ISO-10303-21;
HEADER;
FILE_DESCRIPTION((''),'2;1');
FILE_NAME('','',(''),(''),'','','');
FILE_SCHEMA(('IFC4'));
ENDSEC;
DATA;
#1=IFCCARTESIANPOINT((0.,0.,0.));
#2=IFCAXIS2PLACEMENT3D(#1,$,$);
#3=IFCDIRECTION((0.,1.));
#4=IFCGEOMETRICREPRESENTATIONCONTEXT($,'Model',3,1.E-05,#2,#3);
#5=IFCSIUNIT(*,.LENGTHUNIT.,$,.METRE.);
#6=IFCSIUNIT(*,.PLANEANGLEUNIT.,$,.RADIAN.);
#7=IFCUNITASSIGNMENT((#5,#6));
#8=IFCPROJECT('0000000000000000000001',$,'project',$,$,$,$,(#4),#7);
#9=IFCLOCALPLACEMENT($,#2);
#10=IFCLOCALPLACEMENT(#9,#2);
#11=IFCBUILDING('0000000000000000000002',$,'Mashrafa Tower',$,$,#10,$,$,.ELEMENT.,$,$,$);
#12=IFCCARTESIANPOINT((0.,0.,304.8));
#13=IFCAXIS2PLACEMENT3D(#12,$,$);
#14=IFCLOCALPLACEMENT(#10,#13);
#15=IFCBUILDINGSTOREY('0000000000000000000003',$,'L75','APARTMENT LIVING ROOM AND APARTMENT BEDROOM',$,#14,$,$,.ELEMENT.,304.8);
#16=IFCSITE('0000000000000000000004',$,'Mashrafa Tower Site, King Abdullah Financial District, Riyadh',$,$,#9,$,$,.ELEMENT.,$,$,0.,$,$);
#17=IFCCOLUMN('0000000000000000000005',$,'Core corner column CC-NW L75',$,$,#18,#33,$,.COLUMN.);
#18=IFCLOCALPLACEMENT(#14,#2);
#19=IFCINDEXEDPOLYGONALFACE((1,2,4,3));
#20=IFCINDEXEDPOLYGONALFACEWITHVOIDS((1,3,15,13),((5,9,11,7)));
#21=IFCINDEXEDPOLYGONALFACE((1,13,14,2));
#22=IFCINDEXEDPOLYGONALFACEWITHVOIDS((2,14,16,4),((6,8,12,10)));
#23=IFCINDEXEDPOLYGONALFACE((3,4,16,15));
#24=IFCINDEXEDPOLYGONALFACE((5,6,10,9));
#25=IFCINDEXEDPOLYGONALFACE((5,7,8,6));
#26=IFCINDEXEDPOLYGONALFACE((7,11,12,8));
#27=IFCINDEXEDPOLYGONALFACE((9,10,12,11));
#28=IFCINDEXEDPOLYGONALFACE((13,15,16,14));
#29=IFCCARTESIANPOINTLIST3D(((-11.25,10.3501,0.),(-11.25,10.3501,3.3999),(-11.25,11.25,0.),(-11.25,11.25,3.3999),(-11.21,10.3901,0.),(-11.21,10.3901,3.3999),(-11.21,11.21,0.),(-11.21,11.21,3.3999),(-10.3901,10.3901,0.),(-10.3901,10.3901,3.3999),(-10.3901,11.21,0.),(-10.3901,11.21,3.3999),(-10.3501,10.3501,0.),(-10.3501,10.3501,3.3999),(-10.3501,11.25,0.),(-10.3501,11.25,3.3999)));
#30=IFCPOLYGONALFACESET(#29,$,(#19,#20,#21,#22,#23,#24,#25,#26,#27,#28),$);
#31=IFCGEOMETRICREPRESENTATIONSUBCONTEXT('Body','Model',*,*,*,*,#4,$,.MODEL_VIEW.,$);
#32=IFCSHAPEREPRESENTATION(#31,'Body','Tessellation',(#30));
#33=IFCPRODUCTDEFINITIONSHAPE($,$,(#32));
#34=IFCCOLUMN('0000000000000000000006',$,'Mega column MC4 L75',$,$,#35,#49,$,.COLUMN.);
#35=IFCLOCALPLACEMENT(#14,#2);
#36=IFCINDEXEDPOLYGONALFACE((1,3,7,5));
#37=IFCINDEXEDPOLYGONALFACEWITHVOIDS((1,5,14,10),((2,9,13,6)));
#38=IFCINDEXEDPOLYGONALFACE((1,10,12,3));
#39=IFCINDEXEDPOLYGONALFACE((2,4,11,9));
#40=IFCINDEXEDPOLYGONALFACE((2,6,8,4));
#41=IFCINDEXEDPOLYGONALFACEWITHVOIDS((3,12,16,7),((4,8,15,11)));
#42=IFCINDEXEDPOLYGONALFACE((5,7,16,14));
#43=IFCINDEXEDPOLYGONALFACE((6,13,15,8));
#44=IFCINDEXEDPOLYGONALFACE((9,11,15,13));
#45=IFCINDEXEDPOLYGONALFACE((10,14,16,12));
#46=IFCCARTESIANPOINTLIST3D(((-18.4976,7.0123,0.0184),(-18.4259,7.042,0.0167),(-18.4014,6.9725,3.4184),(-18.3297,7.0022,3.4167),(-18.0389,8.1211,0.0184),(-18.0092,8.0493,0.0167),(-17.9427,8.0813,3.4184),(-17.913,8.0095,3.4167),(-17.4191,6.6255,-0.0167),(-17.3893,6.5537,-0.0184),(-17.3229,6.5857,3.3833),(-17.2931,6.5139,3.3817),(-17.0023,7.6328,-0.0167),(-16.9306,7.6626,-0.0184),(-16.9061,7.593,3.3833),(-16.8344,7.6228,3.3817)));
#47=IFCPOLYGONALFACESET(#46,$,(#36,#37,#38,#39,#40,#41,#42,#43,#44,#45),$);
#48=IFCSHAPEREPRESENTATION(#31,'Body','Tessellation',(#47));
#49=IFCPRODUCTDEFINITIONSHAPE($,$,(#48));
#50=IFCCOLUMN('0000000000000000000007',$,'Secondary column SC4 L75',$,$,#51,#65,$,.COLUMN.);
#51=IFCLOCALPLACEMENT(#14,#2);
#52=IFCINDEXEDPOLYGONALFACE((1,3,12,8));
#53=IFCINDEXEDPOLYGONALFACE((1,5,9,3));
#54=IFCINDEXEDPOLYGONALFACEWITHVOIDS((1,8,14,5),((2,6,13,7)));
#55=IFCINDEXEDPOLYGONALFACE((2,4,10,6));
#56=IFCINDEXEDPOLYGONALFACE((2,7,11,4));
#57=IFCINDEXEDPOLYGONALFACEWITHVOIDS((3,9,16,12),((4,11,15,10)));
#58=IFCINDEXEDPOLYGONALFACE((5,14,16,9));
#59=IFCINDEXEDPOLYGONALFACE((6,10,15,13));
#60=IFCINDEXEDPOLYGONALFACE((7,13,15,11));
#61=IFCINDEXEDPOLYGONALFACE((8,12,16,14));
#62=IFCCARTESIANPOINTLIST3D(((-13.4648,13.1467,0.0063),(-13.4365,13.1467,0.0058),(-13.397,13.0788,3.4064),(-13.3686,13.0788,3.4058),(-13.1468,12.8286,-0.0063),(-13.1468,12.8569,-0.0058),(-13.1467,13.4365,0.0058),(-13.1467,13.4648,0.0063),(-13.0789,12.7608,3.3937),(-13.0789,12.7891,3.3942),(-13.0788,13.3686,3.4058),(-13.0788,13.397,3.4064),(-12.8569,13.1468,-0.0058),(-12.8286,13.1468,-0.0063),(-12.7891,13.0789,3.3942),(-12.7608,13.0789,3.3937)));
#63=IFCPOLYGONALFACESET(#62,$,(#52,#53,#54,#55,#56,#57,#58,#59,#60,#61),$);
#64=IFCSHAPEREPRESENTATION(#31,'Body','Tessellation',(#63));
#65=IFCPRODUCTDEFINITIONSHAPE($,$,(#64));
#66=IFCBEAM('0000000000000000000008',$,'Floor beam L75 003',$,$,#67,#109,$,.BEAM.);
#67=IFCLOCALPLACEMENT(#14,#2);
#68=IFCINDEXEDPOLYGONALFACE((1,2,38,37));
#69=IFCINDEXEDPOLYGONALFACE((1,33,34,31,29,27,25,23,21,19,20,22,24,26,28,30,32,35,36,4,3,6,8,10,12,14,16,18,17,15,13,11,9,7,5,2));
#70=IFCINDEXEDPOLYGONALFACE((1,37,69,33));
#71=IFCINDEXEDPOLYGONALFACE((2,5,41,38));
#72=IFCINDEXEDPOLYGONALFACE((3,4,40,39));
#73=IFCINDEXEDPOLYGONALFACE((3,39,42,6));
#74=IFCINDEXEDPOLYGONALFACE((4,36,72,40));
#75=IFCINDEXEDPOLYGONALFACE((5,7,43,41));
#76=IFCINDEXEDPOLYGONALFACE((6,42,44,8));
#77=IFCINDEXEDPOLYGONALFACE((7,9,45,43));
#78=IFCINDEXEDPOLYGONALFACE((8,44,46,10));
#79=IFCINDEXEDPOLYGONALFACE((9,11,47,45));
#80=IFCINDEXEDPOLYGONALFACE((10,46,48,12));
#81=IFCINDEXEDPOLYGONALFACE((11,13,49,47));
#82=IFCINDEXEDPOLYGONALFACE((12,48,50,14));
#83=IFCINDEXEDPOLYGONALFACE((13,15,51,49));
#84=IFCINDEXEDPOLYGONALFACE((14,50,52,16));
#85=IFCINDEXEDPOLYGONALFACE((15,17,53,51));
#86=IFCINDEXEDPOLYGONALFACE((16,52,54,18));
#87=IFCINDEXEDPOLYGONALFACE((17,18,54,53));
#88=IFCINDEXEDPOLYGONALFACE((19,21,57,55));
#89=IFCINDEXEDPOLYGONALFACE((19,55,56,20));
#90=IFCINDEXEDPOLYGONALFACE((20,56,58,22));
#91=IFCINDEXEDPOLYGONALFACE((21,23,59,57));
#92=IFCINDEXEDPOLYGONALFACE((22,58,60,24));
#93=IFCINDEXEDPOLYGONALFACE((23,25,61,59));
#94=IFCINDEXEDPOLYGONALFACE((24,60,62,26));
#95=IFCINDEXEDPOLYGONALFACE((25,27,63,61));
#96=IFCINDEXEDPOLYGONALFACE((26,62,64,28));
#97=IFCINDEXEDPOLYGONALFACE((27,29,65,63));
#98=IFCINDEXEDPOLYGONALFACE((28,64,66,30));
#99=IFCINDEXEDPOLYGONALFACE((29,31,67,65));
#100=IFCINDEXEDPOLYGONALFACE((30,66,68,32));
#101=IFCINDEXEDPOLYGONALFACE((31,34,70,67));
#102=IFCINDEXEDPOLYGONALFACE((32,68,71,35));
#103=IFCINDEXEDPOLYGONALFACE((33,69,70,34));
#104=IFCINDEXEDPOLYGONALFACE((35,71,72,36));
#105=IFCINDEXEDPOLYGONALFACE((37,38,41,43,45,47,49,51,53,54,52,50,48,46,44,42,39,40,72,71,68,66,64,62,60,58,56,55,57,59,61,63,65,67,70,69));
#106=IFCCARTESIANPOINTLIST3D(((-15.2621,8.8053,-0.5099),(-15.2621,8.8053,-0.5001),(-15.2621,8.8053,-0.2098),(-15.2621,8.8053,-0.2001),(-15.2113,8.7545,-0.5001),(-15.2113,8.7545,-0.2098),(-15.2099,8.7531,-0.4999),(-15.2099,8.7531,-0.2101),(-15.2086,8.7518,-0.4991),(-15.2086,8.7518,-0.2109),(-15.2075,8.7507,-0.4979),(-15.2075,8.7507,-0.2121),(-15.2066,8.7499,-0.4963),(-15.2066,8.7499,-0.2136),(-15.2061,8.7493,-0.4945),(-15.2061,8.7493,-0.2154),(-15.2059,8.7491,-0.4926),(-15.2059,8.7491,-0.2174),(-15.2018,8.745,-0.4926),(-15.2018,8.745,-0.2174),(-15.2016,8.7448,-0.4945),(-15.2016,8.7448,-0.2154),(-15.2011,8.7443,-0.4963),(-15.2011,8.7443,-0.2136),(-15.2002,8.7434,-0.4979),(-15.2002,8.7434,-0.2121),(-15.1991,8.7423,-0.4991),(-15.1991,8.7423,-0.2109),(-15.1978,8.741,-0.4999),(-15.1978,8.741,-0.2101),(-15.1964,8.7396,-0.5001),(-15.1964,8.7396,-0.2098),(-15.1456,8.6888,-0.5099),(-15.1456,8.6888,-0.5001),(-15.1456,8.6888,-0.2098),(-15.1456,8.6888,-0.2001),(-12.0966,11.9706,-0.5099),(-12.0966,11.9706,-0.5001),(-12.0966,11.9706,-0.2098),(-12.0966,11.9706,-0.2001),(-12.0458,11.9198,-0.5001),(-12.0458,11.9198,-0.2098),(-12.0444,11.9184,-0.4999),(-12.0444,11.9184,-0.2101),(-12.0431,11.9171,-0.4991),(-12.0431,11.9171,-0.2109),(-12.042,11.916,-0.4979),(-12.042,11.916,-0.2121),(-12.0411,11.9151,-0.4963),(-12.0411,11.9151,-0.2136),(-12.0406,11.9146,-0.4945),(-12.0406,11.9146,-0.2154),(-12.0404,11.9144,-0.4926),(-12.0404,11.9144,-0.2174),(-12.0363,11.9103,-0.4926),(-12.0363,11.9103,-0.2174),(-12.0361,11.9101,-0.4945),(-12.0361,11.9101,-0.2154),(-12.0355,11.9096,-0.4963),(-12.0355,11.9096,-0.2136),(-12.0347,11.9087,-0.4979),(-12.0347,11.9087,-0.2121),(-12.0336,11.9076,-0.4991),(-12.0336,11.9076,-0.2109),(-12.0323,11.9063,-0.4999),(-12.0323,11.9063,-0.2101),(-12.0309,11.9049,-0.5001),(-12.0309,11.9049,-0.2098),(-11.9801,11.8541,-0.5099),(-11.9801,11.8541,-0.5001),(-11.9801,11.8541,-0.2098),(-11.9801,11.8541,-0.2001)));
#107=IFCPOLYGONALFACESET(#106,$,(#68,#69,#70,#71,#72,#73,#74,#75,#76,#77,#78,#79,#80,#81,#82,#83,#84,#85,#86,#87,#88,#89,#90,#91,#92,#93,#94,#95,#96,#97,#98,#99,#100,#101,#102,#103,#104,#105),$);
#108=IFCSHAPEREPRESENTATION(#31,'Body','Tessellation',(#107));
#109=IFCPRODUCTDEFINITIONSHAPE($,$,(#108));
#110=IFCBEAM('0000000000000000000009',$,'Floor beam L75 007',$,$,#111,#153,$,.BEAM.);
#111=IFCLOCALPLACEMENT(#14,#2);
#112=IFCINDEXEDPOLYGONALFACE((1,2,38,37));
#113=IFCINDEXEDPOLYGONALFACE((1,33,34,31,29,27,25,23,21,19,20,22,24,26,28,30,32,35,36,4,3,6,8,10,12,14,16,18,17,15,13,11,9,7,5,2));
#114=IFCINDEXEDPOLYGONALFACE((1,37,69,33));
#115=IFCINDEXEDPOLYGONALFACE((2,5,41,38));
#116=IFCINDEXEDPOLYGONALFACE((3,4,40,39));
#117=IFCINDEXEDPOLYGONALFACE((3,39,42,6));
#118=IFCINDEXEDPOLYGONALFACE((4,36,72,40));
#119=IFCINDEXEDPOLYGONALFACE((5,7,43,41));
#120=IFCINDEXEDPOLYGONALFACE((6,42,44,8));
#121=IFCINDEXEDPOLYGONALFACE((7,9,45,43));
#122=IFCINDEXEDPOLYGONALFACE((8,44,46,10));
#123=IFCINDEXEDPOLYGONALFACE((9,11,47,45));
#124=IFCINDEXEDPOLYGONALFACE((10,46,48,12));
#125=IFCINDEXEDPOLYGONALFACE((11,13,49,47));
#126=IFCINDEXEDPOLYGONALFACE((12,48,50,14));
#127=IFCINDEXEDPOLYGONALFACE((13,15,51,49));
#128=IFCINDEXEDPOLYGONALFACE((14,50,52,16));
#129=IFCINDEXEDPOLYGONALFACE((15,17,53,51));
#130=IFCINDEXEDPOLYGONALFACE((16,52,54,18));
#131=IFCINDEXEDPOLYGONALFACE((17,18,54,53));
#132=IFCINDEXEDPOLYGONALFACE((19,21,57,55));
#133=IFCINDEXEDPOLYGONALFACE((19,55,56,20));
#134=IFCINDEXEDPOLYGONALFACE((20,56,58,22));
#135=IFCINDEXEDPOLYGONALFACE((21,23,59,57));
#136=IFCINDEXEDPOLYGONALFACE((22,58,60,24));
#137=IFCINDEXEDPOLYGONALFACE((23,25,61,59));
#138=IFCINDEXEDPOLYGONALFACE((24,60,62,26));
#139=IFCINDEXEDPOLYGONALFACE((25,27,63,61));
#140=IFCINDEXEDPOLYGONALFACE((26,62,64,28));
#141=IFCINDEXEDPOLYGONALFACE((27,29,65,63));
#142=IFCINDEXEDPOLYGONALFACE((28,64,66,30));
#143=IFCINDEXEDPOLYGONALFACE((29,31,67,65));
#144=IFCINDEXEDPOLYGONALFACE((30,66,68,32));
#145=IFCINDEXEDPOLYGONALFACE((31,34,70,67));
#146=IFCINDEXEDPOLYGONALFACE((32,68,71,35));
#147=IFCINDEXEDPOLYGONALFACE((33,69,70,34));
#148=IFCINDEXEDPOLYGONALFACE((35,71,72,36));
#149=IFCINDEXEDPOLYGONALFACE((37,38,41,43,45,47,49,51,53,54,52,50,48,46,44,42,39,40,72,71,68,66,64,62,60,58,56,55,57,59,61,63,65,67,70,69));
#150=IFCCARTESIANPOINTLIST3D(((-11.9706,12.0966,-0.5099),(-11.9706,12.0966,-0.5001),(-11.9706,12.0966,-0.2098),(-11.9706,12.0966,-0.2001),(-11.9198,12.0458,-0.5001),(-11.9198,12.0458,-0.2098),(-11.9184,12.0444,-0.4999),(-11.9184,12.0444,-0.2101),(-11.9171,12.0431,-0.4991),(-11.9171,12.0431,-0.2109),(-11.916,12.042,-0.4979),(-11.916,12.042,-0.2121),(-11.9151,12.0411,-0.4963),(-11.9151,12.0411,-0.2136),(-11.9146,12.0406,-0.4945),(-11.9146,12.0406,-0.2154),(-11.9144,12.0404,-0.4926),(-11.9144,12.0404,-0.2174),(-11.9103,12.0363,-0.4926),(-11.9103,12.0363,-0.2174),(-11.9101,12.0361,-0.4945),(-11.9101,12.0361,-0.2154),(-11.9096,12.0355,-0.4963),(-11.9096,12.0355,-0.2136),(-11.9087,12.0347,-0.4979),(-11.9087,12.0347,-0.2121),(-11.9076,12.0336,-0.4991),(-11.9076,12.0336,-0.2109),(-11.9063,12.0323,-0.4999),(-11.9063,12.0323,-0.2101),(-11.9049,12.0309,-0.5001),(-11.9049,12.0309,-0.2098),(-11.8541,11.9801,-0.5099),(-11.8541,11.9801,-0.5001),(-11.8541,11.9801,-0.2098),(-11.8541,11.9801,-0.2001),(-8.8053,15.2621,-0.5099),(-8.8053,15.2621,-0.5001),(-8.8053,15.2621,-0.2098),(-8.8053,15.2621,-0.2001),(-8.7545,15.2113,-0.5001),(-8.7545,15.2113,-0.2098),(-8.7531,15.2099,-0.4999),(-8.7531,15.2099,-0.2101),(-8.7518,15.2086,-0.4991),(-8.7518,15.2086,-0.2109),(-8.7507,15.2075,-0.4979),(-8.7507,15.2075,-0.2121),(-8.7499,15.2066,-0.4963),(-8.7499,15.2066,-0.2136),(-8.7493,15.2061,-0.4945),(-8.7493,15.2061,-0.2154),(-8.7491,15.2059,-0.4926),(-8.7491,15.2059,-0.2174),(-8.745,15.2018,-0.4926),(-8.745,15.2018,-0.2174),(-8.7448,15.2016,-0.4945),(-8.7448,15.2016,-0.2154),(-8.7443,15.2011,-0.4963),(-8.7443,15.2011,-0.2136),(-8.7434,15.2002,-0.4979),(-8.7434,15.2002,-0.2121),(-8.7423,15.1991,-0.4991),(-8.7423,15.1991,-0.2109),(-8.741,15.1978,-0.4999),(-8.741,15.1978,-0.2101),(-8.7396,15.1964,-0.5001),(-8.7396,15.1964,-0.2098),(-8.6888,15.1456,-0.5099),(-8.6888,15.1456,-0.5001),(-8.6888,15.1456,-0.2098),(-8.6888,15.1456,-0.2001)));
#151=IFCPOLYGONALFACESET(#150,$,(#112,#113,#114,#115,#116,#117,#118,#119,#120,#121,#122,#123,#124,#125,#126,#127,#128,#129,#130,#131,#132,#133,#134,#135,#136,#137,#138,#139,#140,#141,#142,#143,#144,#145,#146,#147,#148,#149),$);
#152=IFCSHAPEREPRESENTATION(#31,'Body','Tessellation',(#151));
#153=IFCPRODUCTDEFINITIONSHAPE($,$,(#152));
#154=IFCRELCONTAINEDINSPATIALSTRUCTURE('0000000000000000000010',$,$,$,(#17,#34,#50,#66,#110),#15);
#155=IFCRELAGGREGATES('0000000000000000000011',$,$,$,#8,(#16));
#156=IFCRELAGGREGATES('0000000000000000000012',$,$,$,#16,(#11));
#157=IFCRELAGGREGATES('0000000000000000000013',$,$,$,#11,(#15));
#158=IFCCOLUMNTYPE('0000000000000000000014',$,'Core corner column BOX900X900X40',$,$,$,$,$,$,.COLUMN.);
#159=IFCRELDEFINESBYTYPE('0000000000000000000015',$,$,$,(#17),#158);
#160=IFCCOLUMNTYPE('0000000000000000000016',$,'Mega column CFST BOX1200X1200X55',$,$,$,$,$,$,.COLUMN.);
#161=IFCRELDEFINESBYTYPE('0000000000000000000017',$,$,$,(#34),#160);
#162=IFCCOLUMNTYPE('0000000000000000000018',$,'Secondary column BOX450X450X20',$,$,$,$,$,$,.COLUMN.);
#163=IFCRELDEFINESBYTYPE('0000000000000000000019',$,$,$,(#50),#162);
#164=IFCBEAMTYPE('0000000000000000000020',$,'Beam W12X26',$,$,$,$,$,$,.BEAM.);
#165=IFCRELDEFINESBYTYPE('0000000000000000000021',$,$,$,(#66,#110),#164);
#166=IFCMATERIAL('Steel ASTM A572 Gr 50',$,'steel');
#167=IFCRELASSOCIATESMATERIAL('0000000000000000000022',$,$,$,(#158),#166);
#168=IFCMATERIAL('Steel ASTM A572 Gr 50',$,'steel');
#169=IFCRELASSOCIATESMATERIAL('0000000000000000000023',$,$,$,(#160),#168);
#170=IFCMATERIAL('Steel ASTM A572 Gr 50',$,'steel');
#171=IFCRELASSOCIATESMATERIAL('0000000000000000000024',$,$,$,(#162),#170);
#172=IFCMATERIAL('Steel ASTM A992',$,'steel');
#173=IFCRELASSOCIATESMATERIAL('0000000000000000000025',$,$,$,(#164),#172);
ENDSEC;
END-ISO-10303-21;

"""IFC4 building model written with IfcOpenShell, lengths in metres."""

from ifc_helpers import new_model, si_unit, direction, frame, origin, origin_2d, place, context, subcontext, project, spatial, hollow_rectangle, i_section, extrude, material, material_profile, profile_set, type_object, element, save


model = new_model("IFC4")

# Units and contexts
model_context = context("Model", 3, precision=1e-05, world=origin(), true_north=direction((0.0, 1.0)))
body_context = subcontext(model_context, "Body", "Model", "MODEL_VIEW")
ifc_project = project(units=[si_unit("LENGTHUNIT", "METRE"), si_unit("PLANEANGLEUNIT", "RADIAN")], contexts=[model_context])

# Site, building, storey
site_placement = place(None, origin())
site = spatial("IfcSite", under=ifc_project, at=site_placement, Name="Mashrafa Tower Site, King Abdullah Financial District, Riyadh", CompositionType="ELEMENT", RefElevation=0.0)
building_placement = place(site_placement, origin())
building = spatial("IfcBuilding", under=site, at=building_placement, Name="Mashrafa Tower", CompositionType="ELEMENT")
storey_placement = place(building_placement, frame((0.0, 0.0, 304.8)))
storey = spatial("IfcBuildingStorey", under=building, at=storey_placement, Name="L75", Description="APARTMENT LIVING ROOM AND APARTMENT BEDROOM", CompositionType="ELEMENT", Elevation=304.8)

# Columns
ifc_material_1 = material(Name="Steel ASTM A572 Gr 50", Category="steel")
ifc_material_profile_1 = material_profile(ifc_material_1, hollow_rectangle(XDim=0.8999, YDim=0.8999, WallThickness=0.04, at=origin_2d()), Name="BOX900X900X40")
ifc_profile_set_1 = profile_set([ifc_material_profile_1], Name="Steel ASTM A572 Gr 50")
column_type_1 = type_object("IfcColumnType", Name="Core corner column BOX900X900X40", PredefinedType="COLUMN", material=ifc_profile_set_1)
column_1_placement = place(storey_placement, frame((-10.8, 10.8, 0.0), z_axis=(0.0, 0.0, 1.0), x_axis=(1.0, 0.0, 0.0)))
element("IfcColumn", 1, at=column_1_placement, inside=storey, type_object=column_type_1, Name="Core corner column CC-NW L75", PredefinedType="COLUMN", context=body_context, shape_type="SweptSolid", body=[
    extrude(hollow_rectangle(XDim=0.8999, YDim=0.8999, WallThickness=0.04, at=origin_2d()), origin(), (0.0, 0.0, 1.0), 3.3999),
])
ifc_material_2 = material(Name="Steel ASTM A572 Gr 50", Category="steel")
ifc_material_profile_2 = material_profile(ifc_material_2, hollow_rectangle(XDim=1.2, YDim=1.2, WallThickness=0.0549, at=origin_2d()), Name="BOX1200X1200X55")
ifc_profile_set_2 = profile_set([ifc_material_profile_2], Name="Steel ASTM A572 Gr 50")
column_type_2 = type_object("IfcColumnType", Name="Mega column CFST BOX1200X1200X55", PredefinedType="COLUMN", material=ifc_profile_set_2)
column_2_placement = place(storey_placement, frame((-17.7141, 7.3374, 0.0), z_axis=(0.028279, -0.011699, 0.999532), x_axis=(0.382283, 0.924045, 0.0)))
element("IfcColumn", 2, at=column_2_placement, inside=storey, type_object=column_type_2, Name="Mega column MC4 L75", PredefinedType="COLUMN", context=body_context, shape_type="SweptSolid", body=[
    extrude(hollow_rectangle(XDim=1.2, YDim=1.2, WallThickness=0.0549, at=origin_2d()), origin(), (0.0, 0.0, 1.0), 3.4016),
])
ifc_material_3 = material(Name="Steel ASTM A572 Gr 50", Category="steel")
ifc_material_profile_3 = material_profile(ifc_material_3, hollow_rectangle(XDim=0.45, YDim=0.45, WallThickness=0.02, at=origin_2d()), Name="BOX450X450X20")
ifc_profile_set_3 = profile_set([ifc_material_profile_3], Name="Steel ASTM A572 Gr 50")
column_type_3 = type_object("IfcColumnType", Name="Secondary column BOX450X450X20", PredefinedType="COLUMN", material=ifc_profile_set_3)
column_3_placement = place(storey_placement, frame((-13.1467, 13.1467, 0.0), z_axis=(0.019955, -0.019955, 0.999602), x_axis=(0.707107, 0.707107, 0.0)))
element("IfcColumn", 3, at=column_3_placement, inside=storey, type_object=column_type_3, Name="Secondary column SC4 L75", PredefinedType="COLUMN", context=body_context, shape_type="SweptSolid", body=[
    extrude(hollow_rectangle(XDim=0.45, YDim=0.45, WallThickness=0.02, at=origin_2d()), origin(), (0.0, 0.0, 1.0), 3.4014),
])

# Beams
ifc_material_4 = material(Name="Steel ASTM A992", Category="steel")
ifc_material_profile_4 = material_profile(ifc_material_4, i_section(OverallWidth=0.1648, OverallDepth=0.3098, WebThickness=0.0059, FlangeThickness=0.0098, FilletRadius=0.0076, at=origin_2d()), Name="W12X26")
ifc_profile_set_4 = profile_set([ifc_material_profile_4], Name="Steel ASTM A992")
beam_type_1 = type_object("IfcBeamType", Name="Beam W12X26", PredefinedType="BEAM", material=ifc_profile_set_4)
for number, where, z_axis, x_axis, name in (
    (4, (-15.2039, 8.7471, -0.355), (0.707134, 0.70708, 0.0), (-0.70708, 0.707134, 0.0), "Floor beam L75 003"),
    (5, (-11.9124, 12.0383, -0.355), (0.70708, 0.707134, 0.0), (-0.707134, 0.70708, 0.0), "Floor beam L75 007"),
):
    element("IfcBeam", number, at=place(storey_placement, frame(where, z_axis=z_axis, x_axis=x_axis)), inside=storey, type_object=beam_type_1, Name=name, PredefinedType="BEAM", context=body_context, shape_type="SweptSolid", body=[
        extrude(i_section(OverallWidth=0.1648, OverallDepth=0.3098, WebThickness=0.0059, FlangeThickness=0.0098, FilletRadius=0.0076, at=origin_2d()), origin(), (0.0, 0.0, 1.0), 4.4766),
    ])

save(model, "model.ifc")
